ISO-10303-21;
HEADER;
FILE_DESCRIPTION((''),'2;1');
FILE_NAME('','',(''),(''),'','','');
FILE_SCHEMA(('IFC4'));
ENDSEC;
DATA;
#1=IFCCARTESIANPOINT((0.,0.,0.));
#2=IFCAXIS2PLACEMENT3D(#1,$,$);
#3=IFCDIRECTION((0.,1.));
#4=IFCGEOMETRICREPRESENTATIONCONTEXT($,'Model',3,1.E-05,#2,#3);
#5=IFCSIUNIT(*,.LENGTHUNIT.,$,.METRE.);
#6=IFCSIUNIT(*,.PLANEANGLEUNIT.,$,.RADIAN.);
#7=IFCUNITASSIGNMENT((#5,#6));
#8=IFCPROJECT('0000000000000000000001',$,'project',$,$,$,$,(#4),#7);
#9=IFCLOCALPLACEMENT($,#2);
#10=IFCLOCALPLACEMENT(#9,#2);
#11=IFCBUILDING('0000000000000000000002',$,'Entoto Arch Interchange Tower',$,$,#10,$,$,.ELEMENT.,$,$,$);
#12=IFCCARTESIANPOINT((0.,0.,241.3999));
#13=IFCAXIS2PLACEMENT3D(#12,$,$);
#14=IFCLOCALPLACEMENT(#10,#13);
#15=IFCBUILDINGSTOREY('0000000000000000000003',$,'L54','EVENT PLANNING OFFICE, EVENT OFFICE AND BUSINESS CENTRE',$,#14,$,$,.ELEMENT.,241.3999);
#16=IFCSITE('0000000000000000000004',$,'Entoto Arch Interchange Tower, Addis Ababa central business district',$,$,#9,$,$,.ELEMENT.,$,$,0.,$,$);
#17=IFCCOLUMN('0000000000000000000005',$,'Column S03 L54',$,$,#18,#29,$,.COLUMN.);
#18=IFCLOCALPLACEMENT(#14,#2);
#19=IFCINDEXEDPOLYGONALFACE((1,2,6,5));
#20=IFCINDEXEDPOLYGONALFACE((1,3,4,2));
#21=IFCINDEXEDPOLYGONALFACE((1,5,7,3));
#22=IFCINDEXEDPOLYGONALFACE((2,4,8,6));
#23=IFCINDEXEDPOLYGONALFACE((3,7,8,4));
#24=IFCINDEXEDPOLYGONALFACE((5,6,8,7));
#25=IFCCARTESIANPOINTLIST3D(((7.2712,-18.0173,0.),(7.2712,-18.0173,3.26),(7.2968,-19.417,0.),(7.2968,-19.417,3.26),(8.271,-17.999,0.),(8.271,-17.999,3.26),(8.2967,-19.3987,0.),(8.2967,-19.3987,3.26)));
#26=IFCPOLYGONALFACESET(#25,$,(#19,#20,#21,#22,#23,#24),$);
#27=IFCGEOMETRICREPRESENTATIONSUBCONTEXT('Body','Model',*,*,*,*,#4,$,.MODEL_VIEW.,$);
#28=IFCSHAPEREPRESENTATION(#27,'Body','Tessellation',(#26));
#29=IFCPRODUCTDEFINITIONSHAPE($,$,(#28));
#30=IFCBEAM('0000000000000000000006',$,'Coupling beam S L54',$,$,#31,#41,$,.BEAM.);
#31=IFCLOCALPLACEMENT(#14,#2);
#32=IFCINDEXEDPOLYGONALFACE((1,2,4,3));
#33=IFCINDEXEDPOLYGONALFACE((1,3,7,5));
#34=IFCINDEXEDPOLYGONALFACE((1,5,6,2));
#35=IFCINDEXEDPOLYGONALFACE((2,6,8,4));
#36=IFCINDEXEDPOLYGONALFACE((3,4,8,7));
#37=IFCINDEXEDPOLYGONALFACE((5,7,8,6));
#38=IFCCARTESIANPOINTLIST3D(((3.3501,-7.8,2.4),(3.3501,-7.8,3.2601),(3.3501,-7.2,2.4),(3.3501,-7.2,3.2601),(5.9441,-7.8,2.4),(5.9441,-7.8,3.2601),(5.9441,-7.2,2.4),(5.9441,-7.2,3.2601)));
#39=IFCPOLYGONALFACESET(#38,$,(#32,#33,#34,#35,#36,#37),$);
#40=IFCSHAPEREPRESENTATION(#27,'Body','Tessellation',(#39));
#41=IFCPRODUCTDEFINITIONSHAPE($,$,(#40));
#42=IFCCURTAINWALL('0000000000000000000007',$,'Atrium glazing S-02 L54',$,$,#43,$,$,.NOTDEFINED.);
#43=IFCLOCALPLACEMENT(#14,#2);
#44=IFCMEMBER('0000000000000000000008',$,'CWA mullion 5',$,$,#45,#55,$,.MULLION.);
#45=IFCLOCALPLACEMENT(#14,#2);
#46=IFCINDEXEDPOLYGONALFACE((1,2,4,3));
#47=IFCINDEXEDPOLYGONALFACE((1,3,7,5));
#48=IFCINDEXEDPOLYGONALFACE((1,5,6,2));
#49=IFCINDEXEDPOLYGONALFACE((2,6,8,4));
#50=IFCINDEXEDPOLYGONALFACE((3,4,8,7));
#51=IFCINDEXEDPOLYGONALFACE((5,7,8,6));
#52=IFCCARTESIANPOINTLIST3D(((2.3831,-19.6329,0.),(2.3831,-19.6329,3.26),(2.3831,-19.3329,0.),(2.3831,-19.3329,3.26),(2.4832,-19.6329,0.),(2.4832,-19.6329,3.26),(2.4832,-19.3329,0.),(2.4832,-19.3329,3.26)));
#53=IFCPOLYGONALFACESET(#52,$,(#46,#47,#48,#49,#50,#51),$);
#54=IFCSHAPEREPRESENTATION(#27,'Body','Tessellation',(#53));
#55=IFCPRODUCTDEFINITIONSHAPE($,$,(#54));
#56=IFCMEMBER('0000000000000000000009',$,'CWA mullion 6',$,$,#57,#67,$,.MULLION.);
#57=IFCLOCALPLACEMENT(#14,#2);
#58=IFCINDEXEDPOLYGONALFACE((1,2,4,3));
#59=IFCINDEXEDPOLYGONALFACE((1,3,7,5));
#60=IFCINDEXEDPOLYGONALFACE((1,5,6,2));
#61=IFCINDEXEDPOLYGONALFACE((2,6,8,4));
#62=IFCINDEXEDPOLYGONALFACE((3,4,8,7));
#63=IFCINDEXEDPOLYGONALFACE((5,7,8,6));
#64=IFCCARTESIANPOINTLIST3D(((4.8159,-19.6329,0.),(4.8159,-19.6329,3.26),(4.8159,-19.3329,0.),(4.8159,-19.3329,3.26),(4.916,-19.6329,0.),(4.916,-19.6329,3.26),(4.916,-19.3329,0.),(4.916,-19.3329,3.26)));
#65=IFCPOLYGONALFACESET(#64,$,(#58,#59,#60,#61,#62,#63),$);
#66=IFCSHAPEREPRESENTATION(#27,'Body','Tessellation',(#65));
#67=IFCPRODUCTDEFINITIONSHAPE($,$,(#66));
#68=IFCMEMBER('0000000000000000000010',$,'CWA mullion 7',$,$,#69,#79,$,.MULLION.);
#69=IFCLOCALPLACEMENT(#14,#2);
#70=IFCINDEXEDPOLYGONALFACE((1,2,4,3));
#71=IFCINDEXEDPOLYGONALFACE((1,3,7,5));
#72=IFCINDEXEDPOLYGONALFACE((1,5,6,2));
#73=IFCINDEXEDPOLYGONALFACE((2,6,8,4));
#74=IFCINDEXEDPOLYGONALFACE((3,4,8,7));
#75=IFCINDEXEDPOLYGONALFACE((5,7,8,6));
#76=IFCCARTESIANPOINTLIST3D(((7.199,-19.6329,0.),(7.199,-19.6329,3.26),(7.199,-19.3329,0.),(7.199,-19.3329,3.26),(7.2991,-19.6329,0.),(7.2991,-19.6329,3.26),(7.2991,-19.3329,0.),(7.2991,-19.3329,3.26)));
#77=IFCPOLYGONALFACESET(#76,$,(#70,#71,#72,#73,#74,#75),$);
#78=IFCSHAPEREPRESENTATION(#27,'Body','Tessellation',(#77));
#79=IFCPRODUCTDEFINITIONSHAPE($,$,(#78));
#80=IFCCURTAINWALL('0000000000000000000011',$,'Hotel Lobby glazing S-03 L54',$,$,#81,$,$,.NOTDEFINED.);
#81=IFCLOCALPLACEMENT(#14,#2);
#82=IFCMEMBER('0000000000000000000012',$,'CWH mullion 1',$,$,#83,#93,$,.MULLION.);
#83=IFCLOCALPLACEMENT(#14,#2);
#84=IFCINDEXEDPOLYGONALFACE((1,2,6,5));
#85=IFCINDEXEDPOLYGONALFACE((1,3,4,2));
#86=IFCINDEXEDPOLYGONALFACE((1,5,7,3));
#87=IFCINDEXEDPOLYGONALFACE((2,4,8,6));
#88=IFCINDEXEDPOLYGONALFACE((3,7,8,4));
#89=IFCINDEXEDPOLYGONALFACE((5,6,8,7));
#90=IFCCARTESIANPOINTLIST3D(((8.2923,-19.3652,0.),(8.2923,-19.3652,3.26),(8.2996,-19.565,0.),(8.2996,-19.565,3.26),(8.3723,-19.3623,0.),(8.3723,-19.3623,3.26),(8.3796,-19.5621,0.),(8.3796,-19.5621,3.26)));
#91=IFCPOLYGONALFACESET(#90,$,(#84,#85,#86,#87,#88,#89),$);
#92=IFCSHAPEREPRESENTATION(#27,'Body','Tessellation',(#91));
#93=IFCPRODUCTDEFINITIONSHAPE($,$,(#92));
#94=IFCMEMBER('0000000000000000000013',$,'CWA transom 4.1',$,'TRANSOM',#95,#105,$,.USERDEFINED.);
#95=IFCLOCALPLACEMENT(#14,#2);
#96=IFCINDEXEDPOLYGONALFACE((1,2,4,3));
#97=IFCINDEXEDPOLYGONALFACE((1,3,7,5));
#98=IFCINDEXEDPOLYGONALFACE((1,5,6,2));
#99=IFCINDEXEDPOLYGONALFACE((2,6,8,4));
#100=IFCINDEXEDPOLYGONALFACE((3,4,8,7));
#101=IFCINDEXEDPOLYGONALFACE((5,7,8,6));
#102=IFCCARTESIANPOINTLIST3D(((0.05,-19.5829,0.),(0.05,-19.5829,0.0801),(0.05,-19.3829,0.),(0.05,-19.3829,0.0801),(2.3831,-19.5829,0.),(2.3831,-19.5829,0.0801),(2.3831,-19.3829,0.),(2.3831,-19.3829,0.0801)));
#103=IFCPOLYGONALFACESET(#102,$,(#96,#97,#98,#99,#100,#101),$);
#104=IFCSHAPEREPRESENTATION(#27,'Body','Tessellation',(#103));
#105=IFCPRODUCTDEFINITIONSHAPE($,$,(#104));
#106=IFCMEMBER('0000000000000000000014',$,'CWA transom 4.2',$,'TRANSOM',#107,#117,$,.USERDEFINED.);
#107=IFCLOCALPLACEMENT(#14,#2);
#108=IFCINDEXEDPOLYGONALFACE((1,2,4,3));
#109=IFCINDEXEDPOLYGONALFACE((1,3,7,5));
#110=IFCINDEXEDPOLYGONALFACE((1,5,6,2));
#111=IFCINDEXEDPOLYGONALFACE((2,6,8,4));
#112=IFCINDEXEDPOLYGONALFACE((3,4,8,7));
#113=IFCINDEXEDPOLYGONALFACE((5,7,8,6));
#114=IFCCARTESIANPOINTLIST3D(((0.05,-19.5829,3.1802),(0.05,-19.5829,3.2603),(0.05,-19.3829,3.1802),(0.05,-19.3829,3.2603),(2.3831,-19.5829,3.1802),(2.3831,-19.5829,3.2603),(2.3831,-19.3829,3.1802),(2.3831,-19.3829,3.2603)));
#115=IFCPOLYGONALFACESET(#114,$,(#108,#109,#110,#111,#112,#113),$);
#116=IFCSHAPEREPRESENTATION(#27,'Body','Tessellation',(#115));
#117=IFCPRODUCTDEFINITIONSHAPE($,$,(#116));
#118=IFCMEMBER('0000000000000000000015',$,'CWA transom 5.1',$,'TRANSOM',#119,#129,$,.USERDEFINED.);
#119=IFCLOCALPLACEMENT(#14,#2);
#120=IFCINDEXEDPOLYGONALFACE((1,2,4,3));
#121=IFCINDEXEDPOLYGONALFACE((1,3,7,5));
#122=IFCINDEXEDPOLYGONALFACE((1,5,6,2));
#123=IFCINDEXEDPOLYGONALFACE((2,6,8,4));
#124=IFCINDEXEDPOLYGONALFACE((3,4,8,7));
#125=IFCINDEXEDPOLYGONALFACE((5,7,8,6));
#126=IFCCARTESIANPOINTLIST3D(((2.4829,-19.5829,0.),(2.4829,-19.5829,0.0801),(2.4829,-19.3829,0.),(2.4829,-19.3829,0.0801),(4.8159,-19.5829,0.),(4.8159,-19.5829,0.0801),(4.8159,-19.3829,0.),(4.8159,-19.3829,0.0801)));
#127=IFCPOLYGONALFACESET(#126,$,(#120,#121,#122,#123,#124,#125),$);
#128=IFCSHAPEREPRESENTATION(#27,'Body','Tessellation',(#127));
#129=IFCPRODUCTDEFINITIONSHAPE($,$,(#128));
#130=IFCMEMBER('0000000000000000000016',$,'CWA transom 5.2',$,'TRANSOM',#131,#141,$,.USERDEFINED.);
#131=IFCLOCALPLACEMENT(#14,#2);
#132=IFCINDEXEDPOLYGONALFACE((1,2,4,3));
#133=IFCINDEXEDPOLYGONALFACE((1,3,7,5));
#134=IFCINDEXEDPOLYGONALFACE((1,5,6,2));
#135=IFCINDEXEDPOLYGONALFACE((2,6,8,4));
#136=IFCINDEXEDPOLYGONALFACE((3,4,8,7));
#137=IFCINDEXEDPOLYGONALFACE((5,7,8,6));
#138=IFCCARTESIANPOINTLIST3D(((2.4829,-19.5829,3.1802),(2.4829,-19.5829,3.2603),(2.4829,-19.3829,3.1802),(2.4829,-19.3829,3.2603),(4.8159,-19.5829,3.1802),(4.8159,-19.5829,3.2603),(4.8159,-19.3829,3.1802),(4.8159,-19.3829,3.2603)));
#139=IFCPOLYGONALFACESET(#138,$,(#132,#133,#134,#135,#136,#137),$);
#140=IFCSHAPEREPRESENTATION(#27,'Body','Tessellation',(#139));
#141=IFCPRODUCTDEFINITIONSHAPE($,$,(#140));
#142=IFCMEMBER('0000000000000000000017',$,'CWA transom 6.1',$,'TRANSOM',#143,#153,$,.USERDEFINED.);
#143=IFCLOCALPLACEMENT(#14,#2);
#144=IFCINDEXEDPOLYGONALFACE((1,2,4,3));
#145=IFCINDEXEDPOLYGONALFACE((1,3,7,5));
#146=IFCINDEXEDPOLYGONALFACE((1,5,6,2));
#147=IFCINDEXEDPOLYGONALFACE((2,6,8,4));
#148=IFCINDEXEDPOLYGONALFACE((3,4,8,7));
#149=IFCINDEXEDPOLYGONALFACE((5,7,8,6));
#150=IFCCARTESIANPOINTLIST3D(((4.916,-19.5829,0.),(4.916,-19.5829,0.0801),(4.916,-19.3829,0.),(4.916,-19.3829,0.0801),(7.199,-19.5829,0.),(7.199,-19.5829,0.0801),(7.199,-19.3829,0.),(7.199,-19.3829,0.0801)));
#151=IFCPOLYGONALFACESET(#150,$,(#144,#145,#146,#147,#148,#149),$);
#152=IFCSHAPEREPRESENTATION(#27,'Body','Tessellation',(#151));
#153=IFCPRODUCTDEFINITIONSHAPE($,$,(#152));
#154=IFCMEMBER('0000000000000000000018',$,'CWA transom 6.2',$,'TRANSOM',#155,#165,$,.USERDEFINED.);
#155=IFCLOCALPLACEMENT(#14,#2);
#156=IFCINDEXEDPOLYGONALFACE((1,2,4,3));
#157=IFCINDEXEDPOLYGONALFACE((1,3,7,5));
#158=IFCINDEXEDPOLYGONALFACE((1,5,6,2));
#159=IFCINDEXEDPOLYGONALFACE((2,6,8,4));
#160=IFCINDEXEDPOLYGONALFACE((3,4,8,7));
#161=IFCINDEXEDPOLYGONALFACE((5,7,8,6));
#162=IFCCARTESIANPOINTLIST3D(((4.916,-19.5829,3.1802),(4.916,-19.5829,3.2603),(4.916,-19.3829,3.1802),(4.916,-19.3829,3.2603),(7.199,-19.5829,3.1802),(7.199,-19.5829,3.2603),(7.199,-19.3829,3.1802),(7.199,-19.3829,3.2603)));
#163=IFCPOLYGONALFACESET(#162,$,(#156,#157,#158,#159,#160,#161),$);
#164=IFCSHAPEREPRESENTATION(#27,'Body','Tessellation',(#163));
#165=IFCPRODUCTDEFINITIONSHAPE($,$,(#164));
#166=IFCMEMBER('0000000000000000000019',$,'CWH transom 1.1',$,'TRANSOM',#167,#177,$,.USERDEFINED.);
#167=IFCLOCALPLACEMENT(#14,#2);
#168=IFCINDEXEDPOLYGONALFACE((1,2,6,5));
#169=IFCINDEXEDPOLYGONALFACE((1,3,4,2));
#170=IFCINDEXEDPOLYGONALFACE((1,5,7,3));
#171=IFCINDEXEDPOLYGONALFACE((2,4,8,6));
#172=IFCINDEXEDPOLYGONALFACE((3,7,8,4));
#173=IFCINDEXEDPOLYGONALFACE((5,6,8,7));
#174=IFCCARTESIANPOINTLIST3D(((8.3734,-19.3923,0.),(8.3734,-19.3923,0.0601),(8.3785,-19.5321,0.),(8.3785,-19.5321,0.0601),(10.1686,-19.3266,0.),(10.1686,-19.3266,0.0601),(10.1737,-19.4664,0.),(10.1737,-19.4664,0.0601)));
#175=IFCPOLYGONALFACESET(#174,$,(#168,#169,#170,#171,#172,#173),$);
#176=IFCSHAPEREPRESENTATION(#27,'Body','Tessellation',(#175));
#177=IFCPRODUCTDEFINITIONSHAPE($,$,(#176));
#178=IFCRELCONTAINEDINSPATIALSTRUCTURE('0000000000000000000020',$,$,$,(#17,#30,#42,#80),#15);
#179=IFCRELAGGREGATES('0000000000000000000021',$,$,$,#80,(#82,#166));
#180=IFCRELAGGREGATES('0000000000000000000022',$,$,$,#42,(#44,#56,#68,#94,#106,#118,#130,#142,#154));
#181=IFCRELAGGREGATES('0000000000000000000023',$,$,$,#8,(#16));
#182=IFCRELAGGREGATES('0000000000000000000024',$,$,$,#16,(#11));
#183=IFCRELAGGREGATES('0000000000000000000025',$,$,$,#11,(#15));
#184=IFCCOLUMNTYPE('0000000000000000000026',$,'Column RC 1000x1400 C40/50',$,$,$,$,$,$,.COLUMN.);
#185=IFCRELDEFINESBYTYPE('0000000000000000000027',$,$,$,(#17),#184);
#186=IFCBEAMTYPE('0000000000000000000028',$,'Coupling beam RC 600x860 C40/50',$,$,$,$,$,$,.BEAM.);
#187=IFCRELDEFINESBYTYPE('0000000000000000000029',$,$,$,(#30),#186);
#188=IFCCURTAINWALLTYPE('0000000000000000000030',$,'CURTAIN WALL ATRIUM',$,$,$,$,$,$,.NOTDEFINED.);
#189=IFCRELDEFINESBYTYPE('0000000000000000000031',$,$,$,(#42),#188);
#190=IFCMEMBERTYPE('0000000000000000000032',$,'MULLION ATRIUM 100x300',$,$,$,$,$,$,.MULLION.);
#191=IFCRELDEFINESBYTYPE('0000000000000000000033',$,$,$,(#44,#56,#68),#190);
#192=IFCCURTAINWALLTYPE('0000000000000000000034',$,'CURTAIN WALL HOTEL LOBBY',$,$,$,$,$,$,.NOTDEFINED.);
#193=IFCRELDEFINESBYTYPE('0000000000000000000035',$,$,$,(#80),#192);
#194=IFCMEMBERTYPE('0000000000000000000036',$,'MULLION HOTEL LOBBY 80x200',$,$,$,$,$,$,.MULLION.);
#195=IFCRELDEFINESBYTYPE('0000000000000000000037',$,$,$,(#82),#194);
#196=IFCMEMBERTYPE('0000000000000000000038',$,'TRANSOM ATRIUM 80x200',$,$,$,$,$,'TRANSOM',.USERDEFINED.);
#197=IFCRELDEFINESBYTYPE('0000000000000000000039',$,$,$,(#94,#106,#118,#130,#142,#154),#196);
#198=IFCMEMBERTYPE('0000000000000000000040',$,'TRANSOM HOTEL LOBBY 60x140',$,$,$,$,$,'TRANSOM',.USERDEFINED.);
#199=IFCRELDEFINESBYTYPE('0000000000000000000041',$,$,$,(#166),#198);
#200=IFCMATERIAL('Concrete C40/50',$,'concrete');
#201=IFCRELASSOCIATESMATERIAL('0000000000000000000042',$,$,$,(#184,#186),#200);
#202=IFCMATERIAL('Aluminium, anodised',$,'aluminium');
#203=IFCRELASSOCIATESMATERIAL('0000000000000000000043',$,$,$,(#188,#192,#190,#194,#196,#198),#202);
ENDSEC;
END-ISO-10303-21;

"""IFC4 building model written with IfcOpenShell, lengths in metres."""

from ifc_helpers import new_model, si_unit, direction, frame, origin, origin_2d, place, context, subcontext, project, spatial, rectangle, extrude, material, material_profile, profile_set, type_object, element, aggregate, save


model = new_model("IFC4")

# Units and contexts
model_context = context("Model", 3, precision=1e-05, world=origin(), true_north=direction((0.0, 1.0)))
body_context = subcontext(model_context, "Body", "Model", "MODEL_VIEW")
ifc_project = project(units=[si_unit("LENGTHUNIT", "METRE"), si_unit("PLANEANGLEUNIT", "RADIAN")], contexts=[model_context])

# Site, building, storey
site_placement = place(None, origin())
site = spatial("IfcSite", under=ifc_project, at=site_placement, Name="Entoto Arch Interchange Tower, Addis Ababa central business district", CompositionType="ELEMENT", RefElevation=0.0)
building_placement = place(site_placement, origin())
building = spatial("IfcBuilding", under=site, at=building_placement, Name="Entoto Arch Interchange Tower", CompositionType="ELEMENT")
storey_placement = place(building_placement, frame((0.0, 0.0, 241.3999)))
storey = spatial("IfcBuildingStorey", under=building, at=storey_placement, Name="L54", Description="EVENT PLANNING OFFICE, EVENT OFFICE AND BUSINESS CENTRE", CompositionType="ELEMENT", Elevation=241.3999)

# Column
ifc_material_1 = material(Name="Concrete C40/50", Category="concrete")
ifc_material_profile_1 = material_profile(ifc_material_1, rectangle(XDim=1.0, YDim=1.3999, at=origin_2d()))
ifc_profile_set_1 = profile_set([ifc_material_profile_1], Name="Concrete C40/50")
column_type = type_object("IfcColumnType", Name="Column RC 1000x1400 C40/50", PredefinedType="COLUMN", material=ifc_profile_set_1)
column_placement = place(storey_placement, frame((7.7839, -18.708, 0.0), z_axis=(0.0, 0.0, 1.0), x_axis=(0.999833, 0.01829, 0.0)))
element("IfcColumn", 1, at=column_placement, inside=storey, type_object=column_type, Name="Column S03 L54", PredefinedType="COLUMN", context=body_context, shape_type="SweptSolid", body=[
    extrude(rectangle(XDim=1.0, YDim=1.3999, at=origin_2d()), origin(), (0.0, 0.0, 1.0), 3.26),
])

# Beam
ifc_material_profile_2 = material_profile(ifc_material_1, rectangle(XDim=0.6001, YDim=0.8601, at=origin_2d()))
ifc_profile_set_2 = profile_set([ifc_material_profile_2], Name="Concrete C40/50")
beam_type = type_object("IfcBeamType", Name="Coupling beam RC 600x860 C40/50", PredefinedType="BEAM", material=ifc_profile_set_2)
beam_placement = place(storey_placement, frame((3.3501, -7.5, 2.8301), z_axis=(1.0, 0.0, 0.0), x_axis=(0.0, 1.0, 0.0)))
element("IfcBeam", 2, at=beam_placement, inside=storey, type_object=beam_type, Name="Coupling beam S L54", PredefinedType="BEAM", context=body_context, shape_type="SweptSolid", body=[
    extrude(rectangle(XDim=0.6001, YDim=0.8601, at=origin_2d()), origin(), (0.0, 0.0, 1.0), 2.594),
])

# Curtain wall, members
ifc_material_2 = material(Name="Aluminium, anodised", Category="aluminium")
curtain_wall_type_1 = type_object("IfcCurtainWallType", Name="CURTAIN WALL ATRIUM", PredefinedType="NOTDEFINED", material=ifc_material_2)
curtain_wall_1_placement = place(storey_placement, origin())
curtain_wall_1 = element("IfcCurtainWall", 3, at=curtain_wall_1_placement, inside=storey, type_object=curtain_wall_type_1, Name="Atrium glazing S-02 L54", PredefinedType="NOTDEFINED")
ifc_material_profile_3 = material_profile(ifc_material_2, rectangle(XDim=0.3, YDim=0.1001, at=origin_2d()))
ifc_profile_set_3 = profile_set([ifc_material_profile_3], Name="Aluminium, anodised")
member_type_1 = type_object("IfcMemberType", Name="MULLION ATRIUM 100x300", PredefinedType="MULLION", material=ifc_profile_set_3)
member_1_placement = place(storey_placement, frame((2.4331, -19.4829, 0.0), z_axis=(0.0, 0.0, 1.0), x_axis=(0.0, 1.0, 0.0)))
member_1 = element("IfcMember", 4, at=member_1_placement, type_object=member_type_1, Name="CWA mullion 5", PredefinedType="MULLION", context=body_context, shape_type="SweptSolid", body=[
    extrude(rectangle(XDim=0.3, YDim=0.1001, at=origin_2d()), origin(), (0.0, 0.0, 1.0), 3.26),
])
member_2_placement = place(storey_placement, frame((4.866, -19.4829, 0.0), z_axis=(0.0, 0.0, 1.0), x_axis=(0.0, 1.0, 0.0)))
member_2 = element("IfcMember", 5, at=member_2_placement, type_object=member_type_1, Name="CWA mullion 6", PredefinedType="MULLION", context=body_context, shape_type="SweptSolid", body=[
    extrude(rectangle(XDim=0.3, YDim=0.1001, at=origin_2d()), origin(), (0.0, 0.0, 1.0), 3.26),
])
member_3_placement = place(storey_placement, frame((7.249, -19.4829, 0.0), z_axis=(0.0, 0.0, 1.0), x_axis=(0.0, 1.0, 0.0)))
member_3 = element("IfcMember", 6, at=member_3_placement, type_object=member_type_1, Name="CWA mullion 7", PredefinedType="MULLION", context=body_context, shape_type="SweptSolid", body=[
    extrude(rectangle(XDim=0.3, YDim=0.1001, at=origin_2d()), origin(), (0.0, 0.0, 1.0), 3.26),
])

# Curtain wall, member
curtain_wall_type_2 = type_object("IfcCurtainWallType", Name="CURTAIN WALL HOTEL LOBBY", PredefinedType="NOTDEFINED", material=ifc_material_2)
curtain_wall_2_placement = place(storey_placement, origin())
curtain_wall_2 = element("IfcCurtainWall", 7, at=curtain_wall_2_placement, inside=storey, type_object=curtain_wall_type_2, Name="Hotel Lobby glazing S-03 L54", PredefinedType="NOTDEFINED")
ifc_material_profile_4 = material_profile(ifc_material_2, rectangle(XDim=0.2, YDim=0.0801, at=origin_2d()))
ifc_profile_set_4 = profile_set([ifc_material_profile_4], Name="Aluminium, anodised")
member_type_2 = type_object("IfcMemberType", Name="MULLION HOTEL LOBBY 80x200", PredefinedType="MULLION", material=ifc_profile_set_4)
member_4_placement = place(storey_placement, frame((8.3359, -19.4636, 0.0), z_axis=(0.0, 0.0, 1.0), x_axis=(-0.036529, 0.999333, 0.0)))
member_4 = element("IfcMember", 8, at=member_4_placement, type_object=member_type_2, Name="CWH mullion 1", PredefinedType="MULLION", context=body_context, shape_type="SweptSolid", body=[
    extrude(rectangle(XDim=0.2, YDim=0.0801, at=origin_2d()), origin(), (0.0, 0.0, 1.0), 3.26),
])

# Members
ifc_material_profile_5 = material_profile(ifc_material_2, rectangle(XDim=0.2, YDim=0.0801, at=origin_2d()))
ifc_profile_set_5 = profile_set([ifc_material_profile_5], Name="Aluminium, anodised")
member_type_3 = type_object("IfcMemberType", Name="TRANSOM ATRIUM 80x200", ElementType="TRANSOM", PredefinedType="USERDEFINED", material=ifc_profile_set_5)
member_5_placement = place(storey_placement, frame((0.05, -19.4829, 0.04), z_axis=(1.0, 0.0, 0.0), x_axis=(0.0, 1.0, 0.0)))
member_5 = element("IfcMember", 9, at=member_5_placement, type_object=member_type_3, Name="CWA transom 4.1", ObjectType="TRANSOM", PredefinedType="USERDEFINED", context=body_context, shape_type="SweptSolid", body=[
    extrude(rectangle(XDim=0.2, YDim=0.0801, at=origin_2d()), origin(), (0.0, 0.0, 1.0), 2.333),
])
member_6_placement = place(storey_placement, frame((0.05, -19.4829, 3.2202), z_axis=(1.0, 0.0, 0.0), x_axis=(0.0, 1.0, 0.0)))
member_6 = element("IfcMember", 10, at=member_6_placement, type_object=member_type_3, Name="CWA transom 4.2", ObjectType="TRANSOM", PredefinedType="USERDEFINED", context=body_context, shape_type="SweptSolid", body=[
    extrude(rectangle(XDim=0.2, YDim=0.0801, at=origin_2d()), origin(), (0.0, 0.0, 1.0), 2.333),
])
member_7_placement = place(storey_placement, frame((2.4829, -19.4829, 0.04), z_axis=(1.0, 0.0, 0.0), x_axis=(0.0, 1.0, 0.0)))
member_7 = element("IfcMember", 11, at=member_7_placement, type_object=member_type_3, Name="CWA transom 5.1", ObjectType="TRANSOM", PredefinedType="USERDEFINED", context=body_context, shape_type="SweptSolid", body=[
    extrude(rectangle(XDim=0.2, YDim=0.0801, at=origin_2d()), origin(), (0.0, 0.0, 1.0), 2.333),
])
member_8_placement = place(storey_placement, frame((2.4829, -19.4829, 3.2202), z_axis=(1.0, 0.0, 0.0), x_axis=(0.0, 1.0, 0.0)))
member_8 = element("IfcMember", 12, at=member_8_placement, type_object=member_type_3, Name="CWA transom 5.2", ObjectType="TRANSOM", PredefinedType="USERDEFINED", context=body_context, shape_type="SweptSolid", body=[
    extrude(rectangle(XDim=0.2, YDim=0.0801, at=origin_2d()), origin(), (0.0, 0.0, 1.0), 2.333),
])
member_9_placement = place(storey_placement, frame((4.916, -19.4829, 0.04), z_axis=(1.0, 0.0, 0.0), x_axis=(0.0, 1.0, 0.0)))
member_9 = element("IfcMember", 13, at=member_9_placement, type_object=member_type_3, Name="CWA transom 6.1", ObjectType="TRANSOM", PredefinedType="USERDEFINED", context=body_context, shape_type="SweptSolid", body=[
    extrude(rectangle(XDim=0.2, YDim=0.0801, at=origin_2d()), origin(), (0.0, 0.0, 1.0), 2.283),
])
member_10_placement = place(storey_placement, frame((4.916, -19.4829, 3.2202), z_axis=(1.0, 0.0, 0.0), x_axis=(0.0, 1.0, 0.0)))
member_10 = element("IfcMember", 14, at=member_10_placement, type_object=member_type_3, Name="CWA transom 6.2", ObjectType="TRANSOM", PredefinedType="USERDEFINED", context=body_context, shape_type="SweptSolid", body=[
    extrude(rectangle(XDim=0.2, YDim=0.0801, at=origin_2d()), origin(), (0.0, 0.0, 1.0), 2.283),
])
ifc_material_profile_6 = material_profile(ifc_material_2, rectangle(XDim=0.1399, YDim=0.0601, at=origin_2d()))
ifc_profile_set_6 = profile_set([ifc_material_profile_6], Name="Aluminium, anodised")
member_type_4 = type_object("IfcMemberType", Name="TRANSOM HOTEL LOBBY 60x140", ElementType="TRANSOM", PredefinedType="USERDEFINED", material=ifc_profile_set_6)
member_11_placement = place(storey_placement, frame((8.376, -19.4622, 0.03), z_axis=(0.999331, 0.036559, 0.0), x_axis=(-0.036559, 0.999331, 0.0)))
member_11 = element("IfcMember", 15, at=member_11_placement, type_object=member_type_4, Name="CWH transom 1.1", ObjectType="TRANSOM", PredefinedType="USERDEFINED", context=body_context, shape_type="SweptSolid", body=[
    extrude(rectangle(XDim=0.1399, YDim=0.0601, at=origin_2d()), origin(), (0.0, 0.0, 1.0), 1.7964),
])
aggregate(curtain_wall_2, [member_4, member_11])

aggregate(curtain_wall_1, [member_1, member_2, member_3, member_5, member_6, member_7, member_8, member_9, member_10])

save(model, "model.ifc")
